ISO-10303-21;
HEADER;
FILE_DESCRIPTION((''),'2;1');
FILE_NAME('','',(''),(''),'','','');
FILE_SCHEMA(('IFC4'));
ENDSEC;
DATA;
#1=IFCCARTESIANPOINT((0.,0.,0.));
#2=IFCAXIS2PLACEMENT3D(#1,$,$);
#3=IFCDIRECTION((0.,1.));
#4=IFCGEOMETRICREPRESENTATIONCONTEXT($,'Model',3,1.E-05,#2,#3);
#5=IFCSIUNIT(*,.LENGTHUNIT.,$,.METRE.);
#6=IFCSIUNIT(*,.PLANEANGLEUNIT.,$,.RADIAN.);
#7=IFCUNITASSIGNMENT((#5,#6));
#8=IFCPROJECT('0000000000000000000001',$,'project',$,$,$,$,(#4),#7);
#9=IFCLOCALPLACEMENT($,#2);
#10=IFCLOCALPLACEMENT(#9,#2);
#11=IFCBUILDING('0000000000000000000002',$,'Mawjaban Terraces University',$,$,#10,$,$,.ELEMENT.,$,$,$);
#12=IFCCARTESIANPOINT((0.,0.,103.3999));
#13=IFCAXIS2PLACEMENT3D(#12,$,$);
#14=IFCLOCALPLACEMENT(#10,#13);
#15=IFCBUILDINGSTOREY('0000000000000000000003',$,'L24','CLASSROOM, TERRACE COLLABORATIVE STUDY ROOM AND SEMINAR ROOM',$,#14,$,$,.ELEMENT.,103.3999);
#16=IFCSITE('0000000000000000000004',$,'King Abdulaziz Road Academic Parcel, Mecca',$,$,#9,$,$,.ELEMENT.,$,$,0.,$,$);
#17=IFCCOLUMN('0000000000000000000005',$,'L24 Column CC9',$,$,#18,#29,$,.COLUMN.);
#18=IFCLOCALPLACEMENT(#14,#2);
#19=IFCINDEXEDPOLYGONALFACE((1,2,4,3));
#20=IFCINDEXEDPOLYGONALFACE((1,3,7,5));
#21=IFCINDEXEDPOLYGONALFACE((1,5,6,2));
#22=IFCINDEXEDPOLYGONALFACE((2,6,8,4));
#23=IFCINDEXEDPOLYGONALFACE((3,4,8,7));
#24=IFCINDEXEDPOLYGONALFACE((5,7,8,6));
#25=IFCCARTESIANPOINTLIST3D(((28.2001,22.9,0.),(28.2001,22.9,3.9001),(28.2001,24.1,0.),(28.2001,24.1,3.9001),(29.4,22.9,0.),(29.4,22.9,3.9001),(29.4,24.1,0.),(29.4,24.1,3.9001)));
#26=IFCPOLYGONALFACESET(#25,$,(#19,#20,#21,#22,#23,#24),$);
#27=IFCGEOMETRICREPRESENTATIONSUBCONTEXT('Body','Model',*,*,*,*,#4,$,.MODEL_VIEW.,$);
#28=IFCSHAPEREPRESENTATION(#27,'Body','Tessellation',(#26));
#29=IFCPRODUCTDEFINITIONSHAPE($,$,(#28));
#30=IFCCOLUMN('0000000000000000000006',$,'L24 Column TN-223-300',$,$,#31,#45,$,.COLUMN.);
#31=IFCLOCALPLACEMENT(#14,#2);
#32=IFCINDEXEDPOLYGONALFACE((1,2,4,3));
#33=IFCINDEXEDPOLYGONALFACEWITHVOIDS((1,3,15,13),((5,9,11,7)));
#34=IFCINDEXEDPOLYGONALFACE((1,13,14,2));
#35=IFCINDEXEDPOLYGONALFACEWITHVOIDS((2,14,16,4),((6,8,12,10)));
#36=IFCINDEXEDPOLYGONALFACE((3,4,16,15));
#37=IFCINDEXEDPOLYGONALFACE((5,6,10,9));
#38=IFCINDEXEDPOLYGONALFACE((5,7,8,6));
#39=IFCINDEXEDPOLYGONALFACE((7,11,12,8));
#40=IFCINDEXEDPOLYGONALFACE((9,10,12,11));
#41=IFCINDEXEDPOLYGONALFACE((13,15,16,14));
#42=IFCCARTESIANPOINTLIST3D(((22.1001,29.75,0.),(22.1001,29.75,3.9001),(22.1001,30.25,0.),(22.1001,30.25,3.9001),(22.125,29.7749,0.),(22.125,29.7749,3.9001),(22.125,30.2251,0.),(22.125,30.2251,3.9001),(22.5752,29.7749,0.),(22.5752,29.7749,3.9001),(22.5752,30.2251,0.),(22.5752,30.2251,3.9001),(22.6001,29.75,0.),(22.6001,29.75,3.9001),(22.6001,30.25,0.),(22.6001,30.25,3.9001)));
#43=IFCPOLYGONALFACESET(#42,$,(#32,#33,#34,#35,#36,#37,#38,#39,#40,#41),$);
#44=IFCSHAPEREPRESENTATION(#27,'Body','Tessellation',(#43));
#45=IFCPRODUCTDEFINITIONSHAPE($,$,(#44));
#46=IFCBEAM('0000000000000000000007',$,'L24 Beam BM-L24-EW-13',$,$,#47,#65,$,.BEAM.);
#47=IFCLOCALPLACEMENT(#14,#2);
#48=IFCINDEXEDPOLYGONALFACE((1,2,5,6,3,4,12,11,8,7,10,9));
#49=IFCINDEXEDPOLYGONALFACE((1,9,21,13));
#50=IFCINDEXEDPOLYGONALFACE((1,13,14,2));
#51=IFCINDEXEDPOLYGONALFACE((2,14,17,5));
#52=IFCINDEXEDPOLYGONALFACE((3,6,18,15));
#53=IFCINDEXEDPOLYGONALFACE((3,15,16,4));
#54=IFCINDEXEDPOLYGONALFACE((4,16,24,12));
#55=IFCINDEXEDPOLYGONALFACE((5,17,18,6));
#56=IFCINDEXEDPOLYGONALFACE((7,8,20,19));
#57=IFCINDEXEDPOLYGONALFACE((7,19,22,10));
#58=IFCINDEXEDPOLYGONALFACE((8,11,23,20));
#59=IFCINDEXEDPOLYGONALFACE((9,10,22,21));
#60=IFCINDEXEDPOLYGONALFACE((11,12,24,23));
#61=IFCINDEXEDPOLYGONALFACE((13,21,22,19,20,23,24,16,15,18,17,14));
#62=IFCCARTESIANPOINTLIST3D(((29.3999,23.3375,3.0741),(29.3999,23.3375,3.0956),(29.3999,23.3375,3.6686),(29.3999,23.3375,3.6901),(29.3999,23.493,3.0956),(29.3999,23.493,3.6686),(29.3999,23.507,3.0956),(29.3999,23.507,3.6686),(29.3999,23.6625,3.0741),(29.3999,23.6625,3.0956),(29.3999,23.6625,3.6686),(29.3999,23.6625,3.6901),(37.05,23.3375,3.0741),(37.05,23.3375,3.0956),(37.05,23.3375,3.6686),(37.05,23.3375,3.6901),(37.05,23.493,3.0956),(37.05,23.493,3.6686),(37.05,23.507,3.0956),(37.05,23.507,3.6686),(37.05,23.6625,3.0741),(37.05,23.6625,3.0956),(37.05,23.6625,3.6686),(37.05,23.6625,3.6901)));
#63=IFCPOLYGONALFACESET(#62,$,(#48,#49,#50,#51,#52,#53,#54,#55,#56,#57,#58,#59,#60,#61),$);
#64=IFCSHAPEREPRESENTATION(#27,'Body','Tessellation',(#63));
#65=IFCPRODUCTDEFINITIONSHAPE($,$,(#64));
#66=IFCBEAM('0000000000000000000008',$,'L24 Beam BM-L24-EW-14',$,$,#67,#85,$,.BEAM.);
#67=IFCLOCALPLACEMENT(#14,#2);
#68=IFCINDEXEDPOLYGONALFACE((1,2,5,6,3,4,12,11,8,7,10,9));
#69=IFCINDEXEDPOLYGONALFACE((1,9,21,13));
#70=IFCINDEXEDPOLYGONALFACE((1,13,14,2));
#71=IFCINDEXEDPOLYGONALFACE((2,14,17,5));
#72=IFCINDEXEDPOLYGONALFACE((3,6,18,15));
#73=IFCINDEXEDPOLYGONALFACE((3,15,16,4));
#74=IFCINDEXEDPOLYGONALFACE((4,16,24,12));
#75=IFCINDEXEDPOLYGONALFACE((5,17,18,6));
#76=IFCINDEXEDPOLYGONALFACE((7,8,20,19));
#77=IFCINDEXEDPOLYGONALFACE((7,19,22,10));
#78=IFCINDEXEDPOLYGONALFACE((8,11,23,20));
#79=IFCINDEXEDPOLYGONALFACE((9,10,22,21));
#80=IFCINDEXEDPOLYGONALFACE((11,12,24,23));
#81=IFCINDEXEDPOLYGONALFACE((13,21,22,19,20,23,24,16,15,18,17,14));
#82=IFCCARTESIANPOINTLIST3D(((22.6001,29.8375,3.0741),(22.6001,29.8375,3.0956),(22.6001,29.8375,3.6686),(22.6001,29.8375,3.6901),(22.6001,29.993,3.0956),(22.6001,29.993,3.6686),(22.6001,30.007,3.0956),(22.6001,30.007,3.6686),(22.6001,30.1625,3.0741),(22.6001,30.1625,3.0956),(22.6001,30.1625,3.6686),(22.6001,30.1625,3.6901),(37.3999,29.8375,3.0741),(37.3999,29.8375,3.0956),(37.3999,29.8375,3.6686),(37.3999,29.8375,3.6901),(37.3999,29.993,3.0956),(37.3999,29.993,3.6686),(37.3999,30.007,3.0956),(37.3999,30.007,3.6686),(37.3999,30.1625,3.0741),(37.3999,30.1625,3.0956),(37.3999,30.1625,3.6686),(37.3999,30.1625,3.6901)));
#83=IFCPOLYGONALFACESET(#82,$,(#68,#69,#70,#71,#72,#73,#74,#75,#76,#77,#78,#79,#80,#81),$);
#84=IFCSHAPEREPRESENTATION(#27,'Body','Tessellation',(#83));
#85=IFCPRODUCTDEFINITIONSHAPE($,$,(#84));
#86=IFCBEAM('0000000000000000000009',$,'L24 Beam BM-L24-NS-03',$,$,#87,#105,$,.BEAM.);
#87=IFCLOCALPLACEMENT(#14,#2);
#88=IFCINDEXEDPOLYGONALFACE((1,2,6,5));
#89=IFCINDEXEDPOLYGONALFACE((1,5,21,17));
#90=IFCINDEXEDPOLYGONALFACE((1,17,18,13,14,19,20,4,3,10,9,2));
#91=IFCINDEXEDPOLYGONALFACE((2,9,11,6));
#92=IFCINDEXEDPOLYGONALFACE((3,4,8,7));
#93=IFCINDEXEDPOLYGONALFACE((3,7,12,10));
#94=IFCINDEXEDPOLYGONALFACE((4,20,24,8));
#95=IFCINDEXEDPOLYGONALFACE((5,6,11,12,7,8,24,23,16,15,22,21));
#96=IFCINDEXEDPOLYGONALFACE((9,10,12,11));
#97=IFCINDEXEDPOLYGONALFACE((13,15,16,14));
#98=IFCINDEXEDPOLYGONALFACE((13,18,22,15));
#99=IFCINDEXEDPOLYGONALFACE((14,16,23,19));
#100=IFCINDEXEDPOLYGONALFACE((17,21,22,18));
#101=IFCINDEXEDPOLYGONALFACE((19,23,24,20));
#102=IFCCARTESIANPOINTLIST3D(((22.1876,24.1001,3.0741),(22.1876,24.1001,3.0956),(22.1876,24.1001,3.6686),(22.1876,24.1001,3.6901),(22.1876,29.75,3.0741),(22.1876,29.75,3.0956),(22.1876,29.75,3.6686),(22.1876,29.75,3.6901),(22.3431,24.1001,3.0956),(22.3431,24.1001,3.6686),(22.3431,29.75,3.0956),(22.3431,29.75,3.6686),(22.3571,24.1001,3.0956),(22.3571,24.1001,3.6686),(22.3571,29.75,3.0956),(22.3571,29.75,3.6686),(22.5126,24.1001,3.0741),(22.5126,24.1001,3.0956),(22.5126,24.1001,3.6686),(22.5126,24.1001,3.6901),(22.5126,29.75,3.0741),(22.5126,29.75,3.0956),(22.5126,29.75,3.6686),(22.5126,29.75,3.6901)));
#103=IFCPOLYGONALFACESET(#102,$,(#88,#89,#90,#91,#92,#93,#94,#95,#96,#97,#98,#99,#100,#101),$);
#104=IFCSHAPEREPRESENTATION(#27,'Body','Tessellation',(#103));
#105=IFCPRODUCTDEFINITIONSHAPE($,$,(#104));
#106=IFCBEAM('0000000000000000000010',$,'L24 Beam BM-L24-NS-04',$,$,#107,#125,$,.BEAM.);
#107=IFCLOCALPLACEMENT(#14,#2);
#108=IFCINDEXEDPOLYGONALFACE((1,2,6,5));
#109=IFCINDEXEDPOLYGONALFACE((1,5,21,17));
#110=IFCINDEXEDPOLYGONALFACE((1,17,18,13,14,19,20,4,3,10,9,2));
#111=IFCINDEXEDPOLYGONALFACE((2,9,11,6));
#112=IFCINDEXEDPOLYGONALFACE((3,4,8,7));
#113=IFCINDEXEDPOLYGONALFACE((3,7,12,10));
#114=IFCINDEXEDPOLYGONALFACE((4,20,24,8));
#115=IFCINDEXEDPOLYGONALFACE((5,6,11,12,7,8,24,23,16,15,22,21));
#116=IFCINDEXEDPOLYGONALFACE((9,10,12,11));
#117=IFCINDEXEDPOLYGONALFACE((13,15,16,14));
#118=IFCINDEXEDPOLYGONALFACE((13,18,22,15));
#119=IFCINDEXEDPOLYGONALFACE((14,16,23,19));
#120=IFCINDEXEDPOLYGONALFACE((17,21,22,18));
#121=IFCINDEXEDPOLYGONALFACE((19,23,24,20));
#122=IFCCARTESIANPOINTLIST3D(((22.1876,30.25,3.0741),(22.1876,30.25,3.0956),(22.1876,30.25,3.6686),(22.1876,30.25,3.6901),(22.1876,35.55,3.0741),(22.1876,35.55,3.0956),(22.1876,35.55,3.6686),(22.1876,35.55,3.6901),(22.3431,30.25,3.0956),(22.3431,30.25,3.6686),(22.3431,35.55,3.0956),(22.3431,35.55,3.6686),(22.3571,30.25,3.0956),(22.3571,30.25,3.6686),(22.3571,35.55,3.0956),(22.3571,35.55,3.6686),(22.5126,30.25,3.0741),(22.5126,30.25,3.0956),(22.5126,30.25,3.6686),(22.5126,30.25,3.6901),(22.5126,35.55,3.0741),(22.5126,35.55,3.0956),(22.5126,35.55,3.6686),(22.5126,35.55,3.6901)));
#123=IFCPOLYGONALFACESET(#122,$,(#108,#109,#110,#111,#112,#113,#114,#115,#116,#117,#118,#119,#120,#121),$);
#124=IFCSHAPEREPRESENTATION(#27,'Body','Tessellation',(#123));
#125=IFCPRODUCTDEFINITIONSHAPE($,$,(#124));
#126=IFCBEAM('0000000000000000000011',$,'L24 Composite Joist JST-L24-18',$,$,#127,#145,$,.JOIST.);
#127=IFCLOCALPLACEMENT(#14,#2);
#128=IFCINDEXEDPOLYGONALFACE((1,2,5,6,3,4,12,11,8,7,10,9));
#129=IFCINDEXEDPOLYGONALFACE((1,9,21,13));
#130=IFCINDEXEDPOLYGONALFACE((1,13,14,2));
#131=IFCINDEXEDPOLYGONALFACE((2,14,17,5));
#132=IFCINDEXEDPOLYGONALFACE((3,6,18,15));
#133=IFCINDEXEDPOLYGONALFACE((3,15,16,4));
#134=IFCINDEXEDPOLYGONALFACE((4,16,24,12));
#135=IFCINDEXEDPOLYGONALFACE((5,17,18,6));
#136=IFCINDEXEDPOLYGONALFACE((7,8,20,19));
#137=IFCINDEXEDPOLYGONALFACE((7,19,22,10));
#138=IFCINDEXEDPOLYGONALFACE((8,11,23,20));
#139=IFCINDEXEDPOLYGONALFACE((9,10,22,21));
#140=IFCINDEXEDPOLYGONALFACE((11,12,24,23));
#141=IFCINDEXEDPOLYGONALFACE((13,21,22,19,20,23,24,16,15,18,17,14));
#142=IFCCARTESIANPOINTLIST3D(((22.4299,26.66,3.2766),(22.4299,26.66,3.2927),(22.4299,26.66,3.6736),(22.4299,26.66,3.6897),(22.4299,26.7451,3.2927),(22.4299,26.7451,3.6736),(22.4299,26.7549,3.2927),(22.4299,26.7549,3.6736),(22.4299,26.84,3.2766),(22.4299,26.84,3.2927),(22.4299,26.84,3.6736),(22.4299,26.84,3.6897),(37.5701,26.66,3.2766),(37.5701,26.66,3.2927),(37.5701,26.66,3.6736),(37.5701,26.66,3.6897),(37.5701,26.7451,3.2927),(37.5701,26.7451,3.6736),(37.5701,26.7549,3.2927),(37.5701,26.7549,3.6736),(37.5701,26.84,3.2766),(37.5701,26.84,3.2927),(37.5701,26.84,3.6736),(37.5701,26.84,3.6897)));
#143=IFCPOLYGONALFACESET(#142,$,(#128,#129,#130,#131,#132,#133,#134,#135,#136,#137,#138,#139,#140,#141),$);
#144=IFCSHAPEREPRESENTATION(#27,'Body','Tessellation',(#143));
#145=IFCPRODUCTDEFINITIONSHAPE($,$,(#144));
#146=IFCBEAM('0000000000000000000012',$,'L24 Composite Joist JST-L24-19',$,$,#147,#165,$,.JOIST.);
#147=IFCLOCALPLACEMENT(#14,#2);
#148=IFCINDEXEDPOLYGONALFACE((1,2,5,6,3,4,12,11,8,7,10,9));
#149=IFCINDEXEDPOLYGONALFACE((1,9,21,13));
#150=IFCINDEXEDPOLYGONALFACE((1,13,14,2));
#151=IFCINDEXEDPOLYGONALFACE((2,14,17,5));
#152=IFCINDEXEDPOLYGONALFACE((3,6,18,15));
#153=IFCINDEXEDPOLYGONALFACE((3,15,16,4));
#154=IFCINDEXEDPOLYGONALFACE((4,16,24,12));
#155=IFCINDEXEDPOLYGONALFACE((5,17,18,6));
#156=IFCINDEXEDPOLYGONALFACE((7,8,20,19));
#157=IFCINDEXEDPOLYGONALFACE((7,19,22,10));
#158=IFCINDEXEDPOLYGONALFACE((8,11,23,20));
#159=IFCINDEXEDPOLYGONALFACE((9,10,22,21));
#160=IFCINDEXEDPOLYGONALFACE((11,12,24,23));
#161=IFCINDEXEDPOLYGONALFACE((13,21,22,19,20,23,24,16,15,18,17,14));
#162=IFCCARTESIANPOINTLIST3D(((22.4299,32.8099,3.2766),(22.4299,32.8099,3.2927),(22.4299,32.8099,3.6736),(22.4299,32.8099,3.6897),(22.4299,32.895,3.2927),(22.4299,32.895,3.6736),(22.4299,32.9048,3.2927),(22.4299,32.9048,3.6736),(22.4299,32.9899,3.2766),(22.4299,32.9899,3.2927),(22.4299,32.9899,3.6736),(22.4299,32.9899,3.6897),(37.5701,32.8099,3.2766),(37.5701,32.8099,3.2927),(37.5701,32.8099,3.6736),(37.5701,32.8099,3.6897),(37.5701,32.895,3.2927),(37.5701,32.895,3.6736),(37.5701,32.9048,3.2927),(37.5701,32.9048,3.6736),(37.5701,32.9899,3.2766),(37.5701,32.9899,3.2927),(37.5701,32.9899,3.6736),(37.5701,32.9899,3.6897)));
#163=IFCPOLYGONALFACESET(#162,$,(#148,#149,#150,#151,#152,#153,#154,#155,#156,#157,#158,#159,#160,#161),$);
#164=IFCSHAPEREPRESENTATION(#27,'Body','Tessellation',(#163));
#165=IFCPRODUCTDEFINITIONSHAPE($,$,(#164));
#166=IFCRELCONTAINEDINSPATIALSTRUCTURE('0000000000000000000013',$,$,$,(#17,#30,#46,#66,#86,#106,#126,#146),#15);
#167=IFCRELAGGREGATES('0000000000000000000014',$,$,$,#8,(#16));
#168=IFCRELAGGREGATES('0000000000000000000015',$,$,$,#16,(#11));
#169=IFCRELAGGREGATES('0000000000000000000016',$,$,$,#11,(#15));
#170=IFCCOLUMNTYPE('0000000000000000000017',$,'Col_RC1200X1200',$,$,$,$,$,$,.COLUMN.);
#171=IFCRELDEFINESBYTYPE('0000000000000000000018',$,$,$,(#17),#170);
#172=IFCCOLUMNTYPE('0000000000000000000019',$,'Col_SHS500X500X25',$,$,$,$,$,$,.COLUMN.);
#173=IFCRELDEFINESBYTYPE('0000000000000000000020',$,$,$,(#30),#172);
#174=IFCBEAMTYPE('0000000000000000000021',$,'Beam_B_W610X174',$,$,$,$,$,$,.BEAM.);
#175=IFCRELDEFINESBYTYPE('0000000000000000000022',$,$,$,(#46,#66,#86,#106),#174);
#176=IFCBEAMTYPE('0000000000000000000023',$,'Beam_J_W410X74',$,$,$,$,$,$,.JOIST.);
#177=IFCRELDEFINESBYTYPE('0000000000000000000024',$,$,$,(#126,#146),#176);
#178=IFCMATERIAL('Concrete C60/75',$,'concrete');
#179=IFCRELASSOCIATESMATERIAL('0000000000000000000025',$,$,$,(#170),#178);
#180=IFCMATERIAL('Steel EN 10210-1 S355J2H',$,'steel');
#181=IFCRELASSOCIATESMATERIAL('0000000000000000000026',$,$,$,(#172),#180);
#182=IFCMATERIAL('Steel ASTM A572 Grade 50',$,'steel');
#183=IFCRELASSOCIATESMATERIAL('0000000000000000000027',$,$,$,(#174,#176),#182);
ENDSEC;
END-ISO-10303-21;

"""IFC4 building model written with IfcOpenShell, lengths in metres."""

from ifc_helpers import new_model, si_unit, direction, frame, origin, origin_2d, place, context, subcontext, project, spatial, rectangle, hollow_rectangle, i_section, extrude, material, material_profile, profile_set, type_object, element, save


model = new_model("IFC4")

# Units and contexts
model_context = context("Model", 3, precision=1e-05, world=origin(), true_north=direction((0.0, 1.0)))
body_context = subcontext(model_context, "Body", "Model", "MODEL_VIEW")
ifc_project = project(units=[si_unit("LENGTHUNIT", "METRE"), si_unit("PLANEANGLEUNIT", "RADIAN")], contexts=[model_context])

# Site, building, storey
site_placement = place(None, origin())
site = spatial("IfcSite", under=ifc_project, at=site_placement, Name="King Abdulaziz Road Academic Parcel, Mecca", CompositionType="ELEMENT", RefElevation=0.0)
building_placement = place(site_placement, origin())
building = spatial("IfcBuilding", under=site, at=building_placement, Name="Mawjaban Terraces University", CompositionType="ELEMENT")
storey_placement = place(building_placement, frame((0.0, 0.0, 103.3999)))
storey = spatial("IfcBuildingStorey", under=building, at=storey_placement, Name="L24", Description="CLASSROOM, TERRACE COLLABORATIVE STUDY ROOM AND SEMINAR ROOM", CompositionType="ELEMENT", Elevation=103.3999)

# Columns
ifc_material_1 = material(Name="Concrete C60/75", Category="concrete")
ifc_material_profile_1 = material_profile(ifc_material_1, rectangle(XDim=1.2, YDim=1.2, at=origin_2d()), Name="RC1200X1200")
ifc_profile_set_1 = profile_set([ifc_material_profile_1], Name="Concrete C60/75")
column_type_1 = type_object("IfcColumnType", Name="Col_RC1200X1200", PredefinedType="COLUMN", material=ifc_profile_set_1)
column_1_placement = place(storey_placement, frame((28.8, 23.5, 0.0), z_axis=(0.0, 0.0, 1.0), x_axis=(1.0, 0.0, 0.0)))
element("IfcColumn", 1, at=column_1_placement, inside=storey, type_object=column_type_1, Name="L24 Column CC9", PredefinedType="COLUMN", context=body_context, shape_type="SweptSolid", body=[
    extrude(rectangle(XDim=1.2, YDim=1.2, at=origin_2d()), origin(), (0.0, 0.0, 1.0), 3.9001),
])
ifc_material_2 = material(Name="Steel EN 10210-1 S355J2H", Category="steel")
ifc_material_profile_2 = material_profile(ifc_material_2, hollow_rectangle(XDim=0.5, YDim=0.5, WallThickness=0.0249, at=origin_2d()), Name="SHS500X500X25")
ifc_profile_set_2 = profile_set([ifc_material_profile_2], Name="Steel EN 10210-1 S355J2H")
column_type_2 = type_object("IfcColumnType", Name="Col_SHS500X500X25", PredefinedType="COLUMN", material=ifc_profile_set_2)
column_2_placement = place(storey_placement, frame((22.3501, 30.0, 0.0), z_axis=(0.0, 0.0, 1.0), x_axis=(1.0, 0.0, 0.0)))
element("IfcColumn", 2, at=column_2_placement, inside=storey, type_object=column_type_2, Name="L24 Column TN-223-300", PredefinedType="COLUMN", context=body_context, shape_type="SweptSolid", body=[
    extrude(hollow_rectangle(XDim=0.5, YDim=0.5, WallThickness=0.0249, at=origin_2d()), origin(), (0.0, 0.0, 1.0), 3.9001),
])

# Beams
ifc_material_3 = material(Name="Steel ASTM A572 Grade 50", Category="steel")
ifc_material_profile_3 = material_profile(ifc_material_3, i_section(OverallWidth=0.325, OverallDepth=0.616, WebThickness=0.0139, FlangeThickness=0.0215, at=origin_2d()), Name="W610X174")
ifc_profile_set_3 = profile_set([ifc_material_profile_3], Name="Steel ASTM A572 Grade 50")
beam_type_1 = type_object("IfcBeamType", Name="Beam_B_W610X174", PredefinedType="BEAM", material=ifc_profile_set_3)
beam_1_placement = place(storey_placement, frame((29.3999, 23.5, 3.3821), z_axis=(1.0, 0.0, 0.0), x_axis=(0.0, 1.0, 0.0)))
element("IfcBeam", 3, at=beam_1_placement, inside=storey, type_object=beam_type_1, Name="L24 Beam BM-L24-EW-13", PredefinedType="BEAM", context=body_context, shape_type="SweptSolid", body=[
    extrude(i_section(OverallWidth=0.325, OverallDepth=0.616, WebThickness=0.0139, FlangeThickness=0.0215, at=origin_2d()), origin(), (0.0, 0.0, 1.0), 7.6501),
])
beam_2_placement = place(storey_placement, frame((22.6001, 30.0, 3.3821), z_axis=(1.0, 0.0, 0.0), x_axis=(0.0, 1.0, 0.0)))
element("IfcBeam", 4, at=beam_2_placement, inside=storey, type_object=beam_type_1, Name="L24 Beam BM-L24-EW-14", PredefinedType="BEAM", context=body_context, shape_type="SweptSolid", body=[
    extrude(i_section(OverallWidth=0.325, OverallDepth=0.616, WebThickness=0.0139, FlangeThickness=0.0215, at=origin_2d()), origin(), (0.0, 0.0, 1.0), 14.7998),
])
beam_3_placement = place(storey_placement, frame((22.3501, 24.1001, 3.3821), z_axis=(0.0, 1.0, 0.0), x_axis=(-1.0, 0.0, 0.0)))
element("IfcBeam", 5, at=beam_3_placement, inside=storey, type_object=beam_type_1, Name="L24 Beam BM-L24-NS-03", PredefinedType="BEAM", context=body_context, shape_type="SweptSolid", body=[
    extrude(i_section(OverallWidth=0.325, OverallDepth=0.616, WebThickness=0.0139, FlangeThickness=0.0215, at=origin_2d()), origin(), (0.0, 0.0, 1.0), 5.6499),
])
beam_4_placement = place(storey_placement, frame((22.3501, 30.25, 3.3821), z_axis=(0.0, 1.0, 0.0), x_axis=(-1.0, 0.0, 0.0)))
element("IfcBeam", 6, at=beam_4_placement, inside=storey, type_object=beam_type_1, Name="L24 Beam BM-L24-NS-04", PredefinedType="BEAM", context=body_context, shape_type="SweptSolid", body=[
    extrude(i_section(OverallWidth=0.325, OverallDepth=0.616, WebThickness=0.0139, FlangeThickness=0.0215, at=origin_2d()), origin(), (0.0, 0.0, 1.0), 5.3),
])
ifc_material_profile_4 = material_profile(ifc_material_3, i_section(OverallWidth=0.1799, OverallDepth=0.4131, WebThickness=0.0098, FlangeThickness=0.0161, at=origin_2d()), Name="W410X74")
ifc_profile_set_4 = profile_set([ifc_material_profile_4], Name="Steel ASTM A572 Grade 50")
beam_type_2 = type_object("IfcBeamType", Name="Beam_J_W410X74", PredefinedType="JOIST", material=ifc_profile_set_4)
for number, where, z_axis, x_axis, name in (
    (7, (22.4299, 26.75, 3.4832), (1.0, 0.0, 0.0), (0.0, 1.0, 0.0), "L24 Composite Joist JST-L24-18"),
    (8, (22.4299, 32.8999, 3.4832), (1.0, 0.0, 0.0), (0.0, 1.0, 0.0), "L24 Composite Joist JST-L24-19"),
):
    element("IfcBeam", number, at=place(storey_placement, frame(where, z_axis=z_axis, x_axis=x_axis)), inside=storey, type_object=beam_type_2, Name=name, PredefinedType="JOIST", context=body_context, shape_type="SweptSolid", body=[
        extrude(i_section(OverallWidth=0.1799, OverallDepth=0.4131, WebThickness=0.0098, FlangeThickness=0.0161, at=origin_2d()), origin(), (0.0, 0.0, 1.0), 15.1401),
    ])

save(model, "model.ifc")
